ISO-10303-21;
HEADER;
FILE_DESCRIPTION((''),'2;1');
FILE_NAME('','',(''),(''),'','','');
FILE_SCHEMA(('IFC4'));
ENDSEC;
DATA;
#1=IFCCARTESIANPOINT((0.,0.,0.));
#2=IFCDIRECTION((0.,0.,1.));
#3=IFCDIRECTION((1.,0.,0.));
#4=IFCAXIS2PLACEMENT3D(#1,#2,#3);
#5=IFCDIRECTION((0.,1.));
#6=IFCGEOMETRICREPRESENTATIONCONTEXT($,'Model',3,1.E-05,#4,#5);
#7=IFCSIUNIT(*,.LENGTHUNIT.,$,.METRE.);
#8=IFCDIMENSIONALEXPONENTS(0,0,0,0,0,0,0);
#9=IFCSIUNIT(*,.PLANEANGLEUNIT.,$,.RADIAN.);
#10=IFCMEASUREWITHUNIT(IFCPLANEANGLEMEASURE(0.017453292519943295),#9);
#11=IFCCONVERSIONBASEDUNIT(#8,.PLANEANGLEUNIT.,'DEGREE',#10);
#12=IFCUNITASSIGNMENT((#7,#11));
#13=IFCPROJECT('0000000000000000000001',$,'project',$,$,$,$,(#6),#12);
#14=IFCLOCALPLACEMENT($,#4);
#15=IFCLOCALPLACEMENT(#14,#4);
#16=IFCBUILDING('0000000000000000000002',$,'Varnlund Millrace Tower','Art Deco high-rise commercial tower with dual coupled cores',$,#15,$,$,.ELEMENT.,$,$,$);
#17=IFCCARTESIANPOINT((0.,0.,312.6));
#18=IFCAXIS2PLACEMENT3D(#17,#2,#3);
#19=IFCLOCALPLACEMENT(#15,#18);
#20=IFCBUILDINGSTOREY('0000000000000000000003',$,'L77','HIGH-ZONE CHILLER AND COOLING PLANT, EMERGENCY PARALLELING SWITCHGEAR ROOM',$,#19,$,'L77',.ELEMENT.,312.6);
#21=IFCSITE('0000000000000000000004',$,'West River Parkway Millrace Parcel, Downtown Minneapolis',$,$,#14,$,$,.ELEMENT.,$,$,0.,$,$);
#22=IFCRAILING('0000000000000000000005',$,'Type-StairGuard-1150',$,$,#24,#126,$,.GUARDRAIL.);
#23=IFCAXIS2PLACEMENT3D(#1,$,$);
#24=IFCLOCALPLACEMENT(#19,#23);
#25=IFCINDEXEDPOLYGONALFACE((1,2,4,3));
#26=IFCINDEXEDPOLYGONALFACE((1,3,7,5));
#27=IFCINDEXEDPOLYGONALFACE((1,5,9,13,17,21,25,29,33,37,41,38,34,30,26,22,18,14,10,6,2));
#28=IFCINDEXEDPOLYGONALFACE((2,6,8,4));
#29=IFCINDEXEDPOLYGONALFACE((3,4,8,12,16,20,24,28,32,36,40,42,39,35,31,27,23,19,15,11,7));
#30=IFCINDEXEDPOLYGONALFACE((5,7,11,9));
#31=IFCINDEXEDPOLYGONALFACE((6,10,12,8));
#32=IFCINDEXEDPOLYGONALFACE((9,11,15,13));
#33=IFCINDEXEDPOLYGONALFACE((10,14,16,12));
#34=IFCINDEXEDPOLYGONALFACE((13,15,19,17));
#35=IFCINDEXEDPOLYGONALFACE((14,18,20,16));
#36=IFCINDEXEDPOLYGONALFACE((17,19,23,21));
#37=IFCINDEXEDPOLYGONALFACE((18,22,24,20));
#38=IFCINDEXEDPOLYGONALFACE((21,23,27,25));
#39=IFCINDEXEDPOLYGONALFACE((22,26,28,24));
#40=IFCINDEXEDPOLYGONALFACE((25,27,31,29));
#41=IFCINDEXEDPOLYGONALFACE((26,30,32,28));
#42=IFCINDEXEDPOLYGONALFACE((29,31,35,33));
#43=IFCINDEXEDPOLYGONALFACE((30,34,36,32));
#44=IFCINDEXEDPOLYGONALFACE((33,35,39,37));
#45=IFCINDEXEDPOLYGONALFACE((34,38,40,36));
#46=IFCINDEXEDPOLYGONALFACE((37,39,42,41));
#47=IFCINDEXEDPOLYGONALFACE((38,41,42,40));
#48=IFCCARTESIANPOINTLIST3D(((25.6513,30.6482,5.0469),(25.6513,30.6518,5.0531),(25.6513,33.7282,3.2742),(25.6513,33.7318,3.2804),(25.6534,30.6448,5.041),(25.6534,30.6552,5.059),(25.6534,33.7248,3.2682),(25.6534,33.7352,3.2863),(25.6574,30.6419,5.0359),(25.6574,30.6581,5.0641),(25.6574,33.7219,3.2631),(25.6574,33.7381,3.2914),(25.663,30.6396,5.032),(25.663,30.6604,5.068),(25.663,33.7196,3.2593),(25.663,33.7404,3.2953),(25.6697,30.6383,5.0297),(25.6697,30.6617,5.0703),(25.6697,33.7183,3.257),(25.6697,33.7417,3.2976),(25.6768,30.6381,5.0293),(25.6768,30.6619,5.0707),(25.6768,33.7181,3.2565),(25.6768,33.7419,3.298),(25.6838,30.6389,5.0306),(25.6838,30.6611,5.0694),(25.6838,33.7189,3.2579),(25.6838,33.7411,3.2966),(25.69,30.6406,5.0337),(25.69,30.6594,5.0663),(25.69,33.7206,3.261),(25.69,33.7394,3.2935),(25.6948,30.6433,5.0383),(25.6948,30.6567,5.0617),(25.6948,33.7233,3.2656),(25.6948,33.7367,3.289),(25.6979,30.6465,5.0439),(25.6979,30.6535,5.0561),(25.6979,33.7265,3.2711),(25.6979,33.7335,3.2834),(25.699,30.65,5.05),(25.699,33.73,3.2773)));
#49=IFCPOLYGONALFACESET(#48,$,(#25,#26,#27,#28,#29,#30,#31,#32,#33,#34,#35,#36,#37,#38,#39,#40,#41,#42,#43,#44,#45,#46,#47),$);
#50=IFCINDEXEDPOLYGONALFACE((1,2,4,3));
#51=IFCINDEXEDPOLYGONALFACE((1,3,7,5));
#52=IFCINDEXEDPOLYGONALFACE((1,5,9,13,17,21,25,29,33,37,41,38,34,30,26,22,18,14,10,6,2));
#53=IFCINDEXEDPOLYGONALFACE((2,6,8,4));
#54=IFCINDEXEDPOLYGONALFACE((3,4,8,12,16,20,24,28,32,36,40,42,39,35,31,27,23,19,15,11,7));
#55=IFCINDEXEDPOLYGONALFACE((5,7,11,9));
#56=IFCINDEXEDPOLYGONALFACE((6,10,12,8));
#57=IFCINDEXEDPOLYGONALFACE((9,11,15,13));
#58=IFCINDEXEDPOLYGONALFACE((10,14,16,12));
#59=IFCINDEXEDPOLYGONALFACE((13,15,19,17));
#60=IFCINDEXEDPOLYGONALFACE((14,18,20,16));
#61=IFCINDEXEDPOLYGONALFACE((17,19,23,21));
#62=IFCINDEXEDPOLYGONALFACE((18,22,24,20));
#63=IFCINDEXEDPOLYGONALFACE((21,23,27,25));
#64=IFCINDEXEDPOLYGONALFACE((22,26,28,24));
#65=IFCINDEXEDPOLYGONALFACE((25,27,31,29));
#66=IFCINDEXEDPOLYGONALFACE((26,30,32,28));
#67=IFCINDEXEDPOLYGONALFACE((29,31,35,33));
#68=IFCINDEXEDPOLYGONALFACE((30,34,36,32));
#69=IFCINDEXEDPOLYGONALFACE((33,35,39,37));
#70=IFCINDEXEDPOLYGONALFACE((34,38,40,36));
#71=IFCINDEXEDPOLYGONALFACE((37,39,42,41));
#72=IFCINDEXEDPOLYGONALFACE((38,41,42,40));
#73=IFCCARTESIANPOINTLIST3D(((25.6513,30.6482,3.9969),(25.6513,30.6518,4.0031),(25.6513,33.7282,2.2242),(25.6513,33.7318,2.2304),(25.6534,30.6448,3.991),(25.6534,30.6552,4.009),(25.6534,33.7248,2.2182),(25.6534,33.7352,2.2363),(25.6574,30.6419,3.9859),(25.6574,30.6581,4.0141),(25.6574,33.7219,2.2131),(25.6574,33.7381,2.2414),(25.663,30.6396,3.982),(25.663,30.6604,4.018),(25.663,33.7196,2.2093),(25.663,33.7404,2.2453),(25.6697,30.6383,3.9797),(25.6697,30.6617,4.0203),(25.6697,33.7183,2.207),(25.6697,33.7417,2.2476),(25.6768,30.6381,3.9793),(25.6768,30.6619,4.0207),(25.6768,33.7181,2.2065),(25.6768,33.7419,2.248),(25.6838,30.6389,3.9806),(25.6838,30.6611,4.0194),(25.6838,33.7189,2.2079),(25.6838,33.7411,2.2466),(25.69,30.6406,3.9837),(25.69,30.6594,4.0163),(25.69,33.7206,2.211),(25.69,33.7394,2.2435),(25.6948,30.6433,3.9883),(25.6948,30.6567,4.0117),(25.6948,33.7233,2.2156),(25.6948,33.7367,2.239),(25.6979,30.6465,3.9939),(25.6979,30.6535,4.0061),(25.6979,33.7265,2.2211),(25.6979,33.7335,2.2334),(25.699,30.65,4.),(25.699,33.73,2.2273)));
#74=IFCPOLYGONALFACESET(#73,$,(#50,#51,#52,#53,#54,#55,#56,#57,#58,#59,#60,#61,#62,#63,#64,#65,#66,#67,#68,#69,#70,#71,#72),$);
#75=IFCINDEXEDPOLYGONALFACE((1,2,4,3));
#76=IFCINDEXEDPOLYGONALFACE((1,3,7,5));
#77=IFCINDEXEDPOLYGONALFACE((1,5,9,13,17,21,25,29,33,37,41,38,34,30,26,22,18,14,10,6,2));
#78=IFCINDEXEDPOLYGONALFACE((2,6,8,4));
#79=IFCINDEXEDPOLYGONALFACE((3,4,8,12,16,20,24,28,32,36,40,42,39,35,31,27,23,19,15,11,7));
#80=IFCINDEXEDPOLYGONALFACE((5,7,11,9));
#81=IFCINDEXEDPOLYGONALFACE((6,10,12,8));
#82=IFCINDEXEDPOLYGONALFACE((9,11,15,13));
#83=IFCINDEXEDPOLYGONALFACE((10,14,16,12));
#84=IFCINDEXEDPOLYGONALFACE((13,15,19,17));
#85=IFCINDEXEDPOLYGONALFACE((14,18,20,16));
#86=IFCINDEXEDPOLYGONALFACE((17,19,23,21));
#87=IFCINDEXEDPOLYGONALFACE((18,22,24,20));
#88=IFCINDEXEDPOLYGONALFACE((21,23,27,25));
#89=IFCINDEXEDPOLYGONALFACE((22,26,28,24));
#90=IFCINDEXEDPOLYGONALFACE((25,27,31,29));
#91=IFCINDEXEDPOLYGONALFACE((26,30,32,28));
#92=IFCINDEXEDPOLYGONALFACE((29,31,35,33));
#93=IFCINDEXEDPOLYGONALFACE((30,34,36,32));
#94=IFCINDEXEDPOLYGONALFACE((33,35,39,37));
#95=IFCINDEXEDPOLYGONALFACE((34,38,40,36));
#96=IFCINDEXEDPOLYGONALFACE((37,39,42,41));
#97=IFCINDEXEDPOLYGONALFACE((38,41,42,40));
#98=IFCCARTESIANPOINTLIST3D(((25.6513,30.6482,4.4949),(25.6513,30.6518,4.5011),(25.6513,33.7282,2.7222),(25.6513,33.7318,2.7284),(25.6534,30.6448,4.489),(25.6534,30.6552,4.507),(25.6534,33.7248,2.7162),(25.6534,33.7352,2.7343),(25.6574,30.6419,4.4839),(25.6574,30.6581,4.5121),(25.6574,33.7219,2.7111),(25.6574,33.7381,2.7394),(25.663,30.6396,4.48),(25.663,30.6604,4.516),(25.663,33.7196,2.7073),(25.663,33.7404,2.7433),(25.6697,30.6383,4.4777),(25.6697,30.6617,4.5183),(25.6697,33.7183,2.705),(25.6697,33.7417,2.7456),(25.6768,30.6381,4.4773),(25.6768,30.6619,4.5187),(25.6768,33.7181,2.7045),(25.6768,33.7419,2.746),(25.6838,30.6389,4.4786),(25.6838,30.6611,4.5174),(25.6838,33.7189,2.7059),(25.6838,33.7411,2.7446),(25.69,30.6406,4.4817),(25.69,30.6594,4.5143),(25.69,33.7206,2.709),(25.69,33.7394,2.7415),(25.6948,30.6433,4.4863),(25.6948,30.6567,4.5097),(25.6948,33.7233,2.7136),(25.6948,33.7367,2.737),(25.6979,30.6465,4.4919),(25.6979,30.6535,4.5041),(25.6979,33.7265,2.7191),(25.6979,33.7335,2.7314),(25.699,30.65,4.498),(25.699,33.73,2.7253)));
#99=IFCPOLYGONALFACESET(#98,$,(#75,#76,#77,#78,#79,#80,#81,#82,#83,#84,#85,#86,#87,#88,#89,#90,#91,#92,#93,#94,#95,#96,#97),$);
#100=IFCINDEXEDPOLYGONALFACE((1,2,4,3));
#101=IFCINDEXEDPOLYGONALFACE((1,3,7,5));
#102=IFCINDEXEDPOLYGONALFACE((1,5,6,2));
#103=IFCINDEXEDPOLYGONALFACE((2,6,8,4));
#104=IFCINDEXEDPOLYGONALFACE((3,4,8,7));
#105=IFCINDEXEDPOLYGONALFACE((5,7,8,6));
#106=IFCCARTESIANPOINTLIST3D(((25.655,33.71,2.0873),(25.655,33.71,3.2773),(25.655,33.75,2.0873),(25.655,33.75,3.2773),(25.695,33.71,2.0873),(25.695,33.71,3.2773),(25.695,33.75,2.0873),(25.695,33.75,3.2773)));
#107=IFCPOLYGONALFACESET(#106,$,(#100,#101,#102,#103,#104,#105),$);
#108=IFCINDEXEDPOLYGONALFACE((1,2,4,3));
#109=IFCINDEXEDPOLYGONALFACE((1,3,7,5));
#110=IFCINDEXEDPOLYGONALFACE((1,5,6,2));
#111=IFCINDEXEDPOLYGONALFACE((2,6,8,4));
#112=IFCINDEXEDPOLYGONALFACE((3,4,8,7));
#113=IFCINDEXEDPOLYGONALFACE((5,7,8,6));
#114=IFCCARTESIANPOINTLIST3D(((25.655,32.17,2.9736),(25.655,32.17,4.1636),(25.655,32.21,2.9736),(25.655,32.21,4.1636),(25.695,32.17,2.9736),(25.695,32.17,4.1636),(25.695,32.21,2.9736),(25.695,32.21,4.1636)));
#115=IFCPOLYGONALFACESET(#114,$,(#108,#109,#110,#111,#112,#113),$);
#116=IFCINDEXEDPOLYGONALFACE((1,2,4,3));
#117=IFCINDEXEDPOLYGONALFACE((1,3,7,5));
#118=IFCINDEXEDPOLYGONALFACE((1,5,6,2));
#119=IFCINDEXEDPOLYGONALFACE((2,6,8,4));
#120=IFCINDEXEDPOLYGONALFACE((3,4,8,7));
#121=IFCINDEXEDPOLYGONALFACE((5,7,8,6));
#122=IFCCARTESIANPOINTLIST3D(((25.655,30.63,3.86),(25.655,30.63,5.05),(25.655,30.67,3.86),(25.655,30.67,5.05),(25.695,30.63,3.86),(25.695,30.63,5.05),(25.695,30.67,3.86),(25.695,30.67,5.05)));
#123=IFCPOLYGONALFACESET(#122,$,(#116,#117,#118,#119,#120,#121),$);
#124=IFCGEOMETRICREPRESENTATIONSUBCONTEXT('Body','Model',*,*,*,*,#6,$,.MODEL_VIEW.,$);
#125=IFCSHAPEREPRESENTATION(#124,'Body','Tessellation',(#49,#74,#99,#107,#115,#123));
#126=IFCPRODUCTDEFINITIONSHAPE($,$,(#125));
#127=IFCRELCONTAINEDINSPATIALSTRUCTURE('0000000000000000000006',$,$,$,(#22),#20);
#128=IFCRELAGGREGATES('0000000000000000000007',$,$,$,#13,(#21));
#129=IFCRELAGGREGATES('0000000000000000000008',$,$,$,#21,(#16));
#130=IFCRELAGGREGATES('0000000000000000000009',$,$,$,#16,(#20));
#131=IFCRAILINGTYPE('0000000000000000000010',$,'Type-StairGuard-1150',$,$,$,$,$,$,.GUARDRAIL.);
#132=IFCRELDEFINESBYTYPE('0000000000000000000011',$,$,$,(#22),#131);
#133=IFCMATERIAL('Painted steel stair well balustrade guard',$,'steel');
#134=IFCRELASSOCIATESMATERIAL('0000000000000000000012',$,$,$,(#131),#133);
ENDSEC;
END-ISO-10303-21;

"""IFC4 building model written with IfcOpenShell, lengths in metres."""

from ifc_helpers import new_model, entity, si_unit, converted_unit, direction, frame, origin_with_axes, origin_2d_with_axis, place, context, subcontext, project, spatial, rectangle, circle, extrude, material, type_object, element, save


model = new_model("IFC4")

# Units and contexts
model_context = context("Model", 3, precision=1e-05, world=origin_with_axes(), true_north=direction((0.0, 1.0)))
body_context = subcontext(model_context, "Body", "Model", "MODEL_VIEW")
ifc_project = project(units=[si_unit("LENGTHUNIT", "METRE"), converted_unit("PLANEANGLEUNIT", "DEGREE", entity("IfcPlaneAngleMeasure", 0.017453292519943295), si_unit("PLANEANGLEUNIT", "RADIAN"), dimensions=[0, 0, 0, 0, 0, 0, 0])], contexts=[model_context])

# Site, building, storey
site_placement = place(None, origin_with_axes())
site = spatial("IfcSite", under=ifc_project, at=site_placement, Name="West River Parkway Millrace Parcel, Downtown Minneapolis", CompositionType="ELEMENT", RefElevation=0.0)
building_placement = place(site_placement, origin_with_axes())
building = spatial("IfcBuilding", under=site, at=building_placement, Name="Varnlund Millrace Tower", Description="Art Deco high-rise commercial tower with dual coupled cores", CompositionType="ELEMENT")
storey_placement = place(building_placement, frame((0.0, 0.0, 312.6), z_axis=(0.0, 0.0, 1.0), x_axis=(1.0, 0.0, 0.0)))
storey = spatial("IfcBuildingStorey", under=building, at=storey_placement, Name="L77", Description="HIGH-ZONE CHILLER AND COOLING PLANT, EMERGENCY PARALLELING SWITCHGEAR ROOM", LongName="L77", CompositionType="ELEMENT", Elevation=312.6)

# Railing
ifc_material_1 = material(Name="Painted steel stair well balustrade guard", Category="steel")
railing_type_1 = type_object("IfcRailingType", Name="Type-StairGuard-1150", PredefinedType="GUARDRAIL", material=ifc_material_1)
railing_1_placement = place(storey_placement, frame((0.0, 0.0, -312.6), z_axis=(0.0, 0.0, 1.0), x_axis=(1.0, 0.0, 0.0)))
element("IfcRailing", 1, at=railing_1_placement, inside=storey, type_object=railing_type_1, Name="Type-StairGuard-1150", PredefinedType="GUARDRAIL", context=body_context, shape_type="SweptSolid", body=[
    extrude(circle(Radius=0.024, at=origin_2d_with_axis()), frame((25.675, 33.73, 315.8773), z_axis=(0.0, -0.866696, 0.498836), x_axis=(1.0, 0.0, 0.0)), (0.0, 0.0, 1.0), 3.5537),
    extrude(circle(Radius=0.024, at=origin_2d_with_axis()), frame((25.675, 33.73, 314.8273), z_axis=(0.0, -0.866696, 0.498836), x_axis=(1.0, 0.0, 0.0)), (0.0, 0.0, 1.0), 3.5537),
    extrude(circle(Radius=0.024, at=origin_2d_with_axis()), frame((25.675, 33.73, 315.3253), z_axis=(0.0, -0.866696, 0.498836), x_axis=(1.0, 0.0, 0.0)), (0.0, 0.0, 1.0), 3.5537),
    extrude(rectangle(XDim=0.04, YDim=0.04, at=origin_2d_with_axis()), frame((25.675, 33.73, 314.6873), z_axis=(0.0, 0.0, 1.0), x_axis=(1.0, 0.0, 0.0)), (0.0, 0.0, 1.0), 1.19),
    extrude(rectangle(XDim=0.04, YDim=0.04, at=origin_2d_with_axis()), frame((25.675, 32.19, 315.5736), z_axis=(0.0, 0.0, 1.0), x_axis=(1.0, 0.0, 0.0)), (0.0, 0.0, 1.0), 1.19),
    extrude(rectangle(XDim=0.04, YDim=0.04, at=origin_2d_with_axis()), frame((25.675, 30.65, 316.46), z_axis=(0.0, 0.0, 1.0), x_axis=(1.0, 0.0, 0.0)), (0.0, 0.0, 1.0), 1.19),
])

save(model, "model.ifc")
